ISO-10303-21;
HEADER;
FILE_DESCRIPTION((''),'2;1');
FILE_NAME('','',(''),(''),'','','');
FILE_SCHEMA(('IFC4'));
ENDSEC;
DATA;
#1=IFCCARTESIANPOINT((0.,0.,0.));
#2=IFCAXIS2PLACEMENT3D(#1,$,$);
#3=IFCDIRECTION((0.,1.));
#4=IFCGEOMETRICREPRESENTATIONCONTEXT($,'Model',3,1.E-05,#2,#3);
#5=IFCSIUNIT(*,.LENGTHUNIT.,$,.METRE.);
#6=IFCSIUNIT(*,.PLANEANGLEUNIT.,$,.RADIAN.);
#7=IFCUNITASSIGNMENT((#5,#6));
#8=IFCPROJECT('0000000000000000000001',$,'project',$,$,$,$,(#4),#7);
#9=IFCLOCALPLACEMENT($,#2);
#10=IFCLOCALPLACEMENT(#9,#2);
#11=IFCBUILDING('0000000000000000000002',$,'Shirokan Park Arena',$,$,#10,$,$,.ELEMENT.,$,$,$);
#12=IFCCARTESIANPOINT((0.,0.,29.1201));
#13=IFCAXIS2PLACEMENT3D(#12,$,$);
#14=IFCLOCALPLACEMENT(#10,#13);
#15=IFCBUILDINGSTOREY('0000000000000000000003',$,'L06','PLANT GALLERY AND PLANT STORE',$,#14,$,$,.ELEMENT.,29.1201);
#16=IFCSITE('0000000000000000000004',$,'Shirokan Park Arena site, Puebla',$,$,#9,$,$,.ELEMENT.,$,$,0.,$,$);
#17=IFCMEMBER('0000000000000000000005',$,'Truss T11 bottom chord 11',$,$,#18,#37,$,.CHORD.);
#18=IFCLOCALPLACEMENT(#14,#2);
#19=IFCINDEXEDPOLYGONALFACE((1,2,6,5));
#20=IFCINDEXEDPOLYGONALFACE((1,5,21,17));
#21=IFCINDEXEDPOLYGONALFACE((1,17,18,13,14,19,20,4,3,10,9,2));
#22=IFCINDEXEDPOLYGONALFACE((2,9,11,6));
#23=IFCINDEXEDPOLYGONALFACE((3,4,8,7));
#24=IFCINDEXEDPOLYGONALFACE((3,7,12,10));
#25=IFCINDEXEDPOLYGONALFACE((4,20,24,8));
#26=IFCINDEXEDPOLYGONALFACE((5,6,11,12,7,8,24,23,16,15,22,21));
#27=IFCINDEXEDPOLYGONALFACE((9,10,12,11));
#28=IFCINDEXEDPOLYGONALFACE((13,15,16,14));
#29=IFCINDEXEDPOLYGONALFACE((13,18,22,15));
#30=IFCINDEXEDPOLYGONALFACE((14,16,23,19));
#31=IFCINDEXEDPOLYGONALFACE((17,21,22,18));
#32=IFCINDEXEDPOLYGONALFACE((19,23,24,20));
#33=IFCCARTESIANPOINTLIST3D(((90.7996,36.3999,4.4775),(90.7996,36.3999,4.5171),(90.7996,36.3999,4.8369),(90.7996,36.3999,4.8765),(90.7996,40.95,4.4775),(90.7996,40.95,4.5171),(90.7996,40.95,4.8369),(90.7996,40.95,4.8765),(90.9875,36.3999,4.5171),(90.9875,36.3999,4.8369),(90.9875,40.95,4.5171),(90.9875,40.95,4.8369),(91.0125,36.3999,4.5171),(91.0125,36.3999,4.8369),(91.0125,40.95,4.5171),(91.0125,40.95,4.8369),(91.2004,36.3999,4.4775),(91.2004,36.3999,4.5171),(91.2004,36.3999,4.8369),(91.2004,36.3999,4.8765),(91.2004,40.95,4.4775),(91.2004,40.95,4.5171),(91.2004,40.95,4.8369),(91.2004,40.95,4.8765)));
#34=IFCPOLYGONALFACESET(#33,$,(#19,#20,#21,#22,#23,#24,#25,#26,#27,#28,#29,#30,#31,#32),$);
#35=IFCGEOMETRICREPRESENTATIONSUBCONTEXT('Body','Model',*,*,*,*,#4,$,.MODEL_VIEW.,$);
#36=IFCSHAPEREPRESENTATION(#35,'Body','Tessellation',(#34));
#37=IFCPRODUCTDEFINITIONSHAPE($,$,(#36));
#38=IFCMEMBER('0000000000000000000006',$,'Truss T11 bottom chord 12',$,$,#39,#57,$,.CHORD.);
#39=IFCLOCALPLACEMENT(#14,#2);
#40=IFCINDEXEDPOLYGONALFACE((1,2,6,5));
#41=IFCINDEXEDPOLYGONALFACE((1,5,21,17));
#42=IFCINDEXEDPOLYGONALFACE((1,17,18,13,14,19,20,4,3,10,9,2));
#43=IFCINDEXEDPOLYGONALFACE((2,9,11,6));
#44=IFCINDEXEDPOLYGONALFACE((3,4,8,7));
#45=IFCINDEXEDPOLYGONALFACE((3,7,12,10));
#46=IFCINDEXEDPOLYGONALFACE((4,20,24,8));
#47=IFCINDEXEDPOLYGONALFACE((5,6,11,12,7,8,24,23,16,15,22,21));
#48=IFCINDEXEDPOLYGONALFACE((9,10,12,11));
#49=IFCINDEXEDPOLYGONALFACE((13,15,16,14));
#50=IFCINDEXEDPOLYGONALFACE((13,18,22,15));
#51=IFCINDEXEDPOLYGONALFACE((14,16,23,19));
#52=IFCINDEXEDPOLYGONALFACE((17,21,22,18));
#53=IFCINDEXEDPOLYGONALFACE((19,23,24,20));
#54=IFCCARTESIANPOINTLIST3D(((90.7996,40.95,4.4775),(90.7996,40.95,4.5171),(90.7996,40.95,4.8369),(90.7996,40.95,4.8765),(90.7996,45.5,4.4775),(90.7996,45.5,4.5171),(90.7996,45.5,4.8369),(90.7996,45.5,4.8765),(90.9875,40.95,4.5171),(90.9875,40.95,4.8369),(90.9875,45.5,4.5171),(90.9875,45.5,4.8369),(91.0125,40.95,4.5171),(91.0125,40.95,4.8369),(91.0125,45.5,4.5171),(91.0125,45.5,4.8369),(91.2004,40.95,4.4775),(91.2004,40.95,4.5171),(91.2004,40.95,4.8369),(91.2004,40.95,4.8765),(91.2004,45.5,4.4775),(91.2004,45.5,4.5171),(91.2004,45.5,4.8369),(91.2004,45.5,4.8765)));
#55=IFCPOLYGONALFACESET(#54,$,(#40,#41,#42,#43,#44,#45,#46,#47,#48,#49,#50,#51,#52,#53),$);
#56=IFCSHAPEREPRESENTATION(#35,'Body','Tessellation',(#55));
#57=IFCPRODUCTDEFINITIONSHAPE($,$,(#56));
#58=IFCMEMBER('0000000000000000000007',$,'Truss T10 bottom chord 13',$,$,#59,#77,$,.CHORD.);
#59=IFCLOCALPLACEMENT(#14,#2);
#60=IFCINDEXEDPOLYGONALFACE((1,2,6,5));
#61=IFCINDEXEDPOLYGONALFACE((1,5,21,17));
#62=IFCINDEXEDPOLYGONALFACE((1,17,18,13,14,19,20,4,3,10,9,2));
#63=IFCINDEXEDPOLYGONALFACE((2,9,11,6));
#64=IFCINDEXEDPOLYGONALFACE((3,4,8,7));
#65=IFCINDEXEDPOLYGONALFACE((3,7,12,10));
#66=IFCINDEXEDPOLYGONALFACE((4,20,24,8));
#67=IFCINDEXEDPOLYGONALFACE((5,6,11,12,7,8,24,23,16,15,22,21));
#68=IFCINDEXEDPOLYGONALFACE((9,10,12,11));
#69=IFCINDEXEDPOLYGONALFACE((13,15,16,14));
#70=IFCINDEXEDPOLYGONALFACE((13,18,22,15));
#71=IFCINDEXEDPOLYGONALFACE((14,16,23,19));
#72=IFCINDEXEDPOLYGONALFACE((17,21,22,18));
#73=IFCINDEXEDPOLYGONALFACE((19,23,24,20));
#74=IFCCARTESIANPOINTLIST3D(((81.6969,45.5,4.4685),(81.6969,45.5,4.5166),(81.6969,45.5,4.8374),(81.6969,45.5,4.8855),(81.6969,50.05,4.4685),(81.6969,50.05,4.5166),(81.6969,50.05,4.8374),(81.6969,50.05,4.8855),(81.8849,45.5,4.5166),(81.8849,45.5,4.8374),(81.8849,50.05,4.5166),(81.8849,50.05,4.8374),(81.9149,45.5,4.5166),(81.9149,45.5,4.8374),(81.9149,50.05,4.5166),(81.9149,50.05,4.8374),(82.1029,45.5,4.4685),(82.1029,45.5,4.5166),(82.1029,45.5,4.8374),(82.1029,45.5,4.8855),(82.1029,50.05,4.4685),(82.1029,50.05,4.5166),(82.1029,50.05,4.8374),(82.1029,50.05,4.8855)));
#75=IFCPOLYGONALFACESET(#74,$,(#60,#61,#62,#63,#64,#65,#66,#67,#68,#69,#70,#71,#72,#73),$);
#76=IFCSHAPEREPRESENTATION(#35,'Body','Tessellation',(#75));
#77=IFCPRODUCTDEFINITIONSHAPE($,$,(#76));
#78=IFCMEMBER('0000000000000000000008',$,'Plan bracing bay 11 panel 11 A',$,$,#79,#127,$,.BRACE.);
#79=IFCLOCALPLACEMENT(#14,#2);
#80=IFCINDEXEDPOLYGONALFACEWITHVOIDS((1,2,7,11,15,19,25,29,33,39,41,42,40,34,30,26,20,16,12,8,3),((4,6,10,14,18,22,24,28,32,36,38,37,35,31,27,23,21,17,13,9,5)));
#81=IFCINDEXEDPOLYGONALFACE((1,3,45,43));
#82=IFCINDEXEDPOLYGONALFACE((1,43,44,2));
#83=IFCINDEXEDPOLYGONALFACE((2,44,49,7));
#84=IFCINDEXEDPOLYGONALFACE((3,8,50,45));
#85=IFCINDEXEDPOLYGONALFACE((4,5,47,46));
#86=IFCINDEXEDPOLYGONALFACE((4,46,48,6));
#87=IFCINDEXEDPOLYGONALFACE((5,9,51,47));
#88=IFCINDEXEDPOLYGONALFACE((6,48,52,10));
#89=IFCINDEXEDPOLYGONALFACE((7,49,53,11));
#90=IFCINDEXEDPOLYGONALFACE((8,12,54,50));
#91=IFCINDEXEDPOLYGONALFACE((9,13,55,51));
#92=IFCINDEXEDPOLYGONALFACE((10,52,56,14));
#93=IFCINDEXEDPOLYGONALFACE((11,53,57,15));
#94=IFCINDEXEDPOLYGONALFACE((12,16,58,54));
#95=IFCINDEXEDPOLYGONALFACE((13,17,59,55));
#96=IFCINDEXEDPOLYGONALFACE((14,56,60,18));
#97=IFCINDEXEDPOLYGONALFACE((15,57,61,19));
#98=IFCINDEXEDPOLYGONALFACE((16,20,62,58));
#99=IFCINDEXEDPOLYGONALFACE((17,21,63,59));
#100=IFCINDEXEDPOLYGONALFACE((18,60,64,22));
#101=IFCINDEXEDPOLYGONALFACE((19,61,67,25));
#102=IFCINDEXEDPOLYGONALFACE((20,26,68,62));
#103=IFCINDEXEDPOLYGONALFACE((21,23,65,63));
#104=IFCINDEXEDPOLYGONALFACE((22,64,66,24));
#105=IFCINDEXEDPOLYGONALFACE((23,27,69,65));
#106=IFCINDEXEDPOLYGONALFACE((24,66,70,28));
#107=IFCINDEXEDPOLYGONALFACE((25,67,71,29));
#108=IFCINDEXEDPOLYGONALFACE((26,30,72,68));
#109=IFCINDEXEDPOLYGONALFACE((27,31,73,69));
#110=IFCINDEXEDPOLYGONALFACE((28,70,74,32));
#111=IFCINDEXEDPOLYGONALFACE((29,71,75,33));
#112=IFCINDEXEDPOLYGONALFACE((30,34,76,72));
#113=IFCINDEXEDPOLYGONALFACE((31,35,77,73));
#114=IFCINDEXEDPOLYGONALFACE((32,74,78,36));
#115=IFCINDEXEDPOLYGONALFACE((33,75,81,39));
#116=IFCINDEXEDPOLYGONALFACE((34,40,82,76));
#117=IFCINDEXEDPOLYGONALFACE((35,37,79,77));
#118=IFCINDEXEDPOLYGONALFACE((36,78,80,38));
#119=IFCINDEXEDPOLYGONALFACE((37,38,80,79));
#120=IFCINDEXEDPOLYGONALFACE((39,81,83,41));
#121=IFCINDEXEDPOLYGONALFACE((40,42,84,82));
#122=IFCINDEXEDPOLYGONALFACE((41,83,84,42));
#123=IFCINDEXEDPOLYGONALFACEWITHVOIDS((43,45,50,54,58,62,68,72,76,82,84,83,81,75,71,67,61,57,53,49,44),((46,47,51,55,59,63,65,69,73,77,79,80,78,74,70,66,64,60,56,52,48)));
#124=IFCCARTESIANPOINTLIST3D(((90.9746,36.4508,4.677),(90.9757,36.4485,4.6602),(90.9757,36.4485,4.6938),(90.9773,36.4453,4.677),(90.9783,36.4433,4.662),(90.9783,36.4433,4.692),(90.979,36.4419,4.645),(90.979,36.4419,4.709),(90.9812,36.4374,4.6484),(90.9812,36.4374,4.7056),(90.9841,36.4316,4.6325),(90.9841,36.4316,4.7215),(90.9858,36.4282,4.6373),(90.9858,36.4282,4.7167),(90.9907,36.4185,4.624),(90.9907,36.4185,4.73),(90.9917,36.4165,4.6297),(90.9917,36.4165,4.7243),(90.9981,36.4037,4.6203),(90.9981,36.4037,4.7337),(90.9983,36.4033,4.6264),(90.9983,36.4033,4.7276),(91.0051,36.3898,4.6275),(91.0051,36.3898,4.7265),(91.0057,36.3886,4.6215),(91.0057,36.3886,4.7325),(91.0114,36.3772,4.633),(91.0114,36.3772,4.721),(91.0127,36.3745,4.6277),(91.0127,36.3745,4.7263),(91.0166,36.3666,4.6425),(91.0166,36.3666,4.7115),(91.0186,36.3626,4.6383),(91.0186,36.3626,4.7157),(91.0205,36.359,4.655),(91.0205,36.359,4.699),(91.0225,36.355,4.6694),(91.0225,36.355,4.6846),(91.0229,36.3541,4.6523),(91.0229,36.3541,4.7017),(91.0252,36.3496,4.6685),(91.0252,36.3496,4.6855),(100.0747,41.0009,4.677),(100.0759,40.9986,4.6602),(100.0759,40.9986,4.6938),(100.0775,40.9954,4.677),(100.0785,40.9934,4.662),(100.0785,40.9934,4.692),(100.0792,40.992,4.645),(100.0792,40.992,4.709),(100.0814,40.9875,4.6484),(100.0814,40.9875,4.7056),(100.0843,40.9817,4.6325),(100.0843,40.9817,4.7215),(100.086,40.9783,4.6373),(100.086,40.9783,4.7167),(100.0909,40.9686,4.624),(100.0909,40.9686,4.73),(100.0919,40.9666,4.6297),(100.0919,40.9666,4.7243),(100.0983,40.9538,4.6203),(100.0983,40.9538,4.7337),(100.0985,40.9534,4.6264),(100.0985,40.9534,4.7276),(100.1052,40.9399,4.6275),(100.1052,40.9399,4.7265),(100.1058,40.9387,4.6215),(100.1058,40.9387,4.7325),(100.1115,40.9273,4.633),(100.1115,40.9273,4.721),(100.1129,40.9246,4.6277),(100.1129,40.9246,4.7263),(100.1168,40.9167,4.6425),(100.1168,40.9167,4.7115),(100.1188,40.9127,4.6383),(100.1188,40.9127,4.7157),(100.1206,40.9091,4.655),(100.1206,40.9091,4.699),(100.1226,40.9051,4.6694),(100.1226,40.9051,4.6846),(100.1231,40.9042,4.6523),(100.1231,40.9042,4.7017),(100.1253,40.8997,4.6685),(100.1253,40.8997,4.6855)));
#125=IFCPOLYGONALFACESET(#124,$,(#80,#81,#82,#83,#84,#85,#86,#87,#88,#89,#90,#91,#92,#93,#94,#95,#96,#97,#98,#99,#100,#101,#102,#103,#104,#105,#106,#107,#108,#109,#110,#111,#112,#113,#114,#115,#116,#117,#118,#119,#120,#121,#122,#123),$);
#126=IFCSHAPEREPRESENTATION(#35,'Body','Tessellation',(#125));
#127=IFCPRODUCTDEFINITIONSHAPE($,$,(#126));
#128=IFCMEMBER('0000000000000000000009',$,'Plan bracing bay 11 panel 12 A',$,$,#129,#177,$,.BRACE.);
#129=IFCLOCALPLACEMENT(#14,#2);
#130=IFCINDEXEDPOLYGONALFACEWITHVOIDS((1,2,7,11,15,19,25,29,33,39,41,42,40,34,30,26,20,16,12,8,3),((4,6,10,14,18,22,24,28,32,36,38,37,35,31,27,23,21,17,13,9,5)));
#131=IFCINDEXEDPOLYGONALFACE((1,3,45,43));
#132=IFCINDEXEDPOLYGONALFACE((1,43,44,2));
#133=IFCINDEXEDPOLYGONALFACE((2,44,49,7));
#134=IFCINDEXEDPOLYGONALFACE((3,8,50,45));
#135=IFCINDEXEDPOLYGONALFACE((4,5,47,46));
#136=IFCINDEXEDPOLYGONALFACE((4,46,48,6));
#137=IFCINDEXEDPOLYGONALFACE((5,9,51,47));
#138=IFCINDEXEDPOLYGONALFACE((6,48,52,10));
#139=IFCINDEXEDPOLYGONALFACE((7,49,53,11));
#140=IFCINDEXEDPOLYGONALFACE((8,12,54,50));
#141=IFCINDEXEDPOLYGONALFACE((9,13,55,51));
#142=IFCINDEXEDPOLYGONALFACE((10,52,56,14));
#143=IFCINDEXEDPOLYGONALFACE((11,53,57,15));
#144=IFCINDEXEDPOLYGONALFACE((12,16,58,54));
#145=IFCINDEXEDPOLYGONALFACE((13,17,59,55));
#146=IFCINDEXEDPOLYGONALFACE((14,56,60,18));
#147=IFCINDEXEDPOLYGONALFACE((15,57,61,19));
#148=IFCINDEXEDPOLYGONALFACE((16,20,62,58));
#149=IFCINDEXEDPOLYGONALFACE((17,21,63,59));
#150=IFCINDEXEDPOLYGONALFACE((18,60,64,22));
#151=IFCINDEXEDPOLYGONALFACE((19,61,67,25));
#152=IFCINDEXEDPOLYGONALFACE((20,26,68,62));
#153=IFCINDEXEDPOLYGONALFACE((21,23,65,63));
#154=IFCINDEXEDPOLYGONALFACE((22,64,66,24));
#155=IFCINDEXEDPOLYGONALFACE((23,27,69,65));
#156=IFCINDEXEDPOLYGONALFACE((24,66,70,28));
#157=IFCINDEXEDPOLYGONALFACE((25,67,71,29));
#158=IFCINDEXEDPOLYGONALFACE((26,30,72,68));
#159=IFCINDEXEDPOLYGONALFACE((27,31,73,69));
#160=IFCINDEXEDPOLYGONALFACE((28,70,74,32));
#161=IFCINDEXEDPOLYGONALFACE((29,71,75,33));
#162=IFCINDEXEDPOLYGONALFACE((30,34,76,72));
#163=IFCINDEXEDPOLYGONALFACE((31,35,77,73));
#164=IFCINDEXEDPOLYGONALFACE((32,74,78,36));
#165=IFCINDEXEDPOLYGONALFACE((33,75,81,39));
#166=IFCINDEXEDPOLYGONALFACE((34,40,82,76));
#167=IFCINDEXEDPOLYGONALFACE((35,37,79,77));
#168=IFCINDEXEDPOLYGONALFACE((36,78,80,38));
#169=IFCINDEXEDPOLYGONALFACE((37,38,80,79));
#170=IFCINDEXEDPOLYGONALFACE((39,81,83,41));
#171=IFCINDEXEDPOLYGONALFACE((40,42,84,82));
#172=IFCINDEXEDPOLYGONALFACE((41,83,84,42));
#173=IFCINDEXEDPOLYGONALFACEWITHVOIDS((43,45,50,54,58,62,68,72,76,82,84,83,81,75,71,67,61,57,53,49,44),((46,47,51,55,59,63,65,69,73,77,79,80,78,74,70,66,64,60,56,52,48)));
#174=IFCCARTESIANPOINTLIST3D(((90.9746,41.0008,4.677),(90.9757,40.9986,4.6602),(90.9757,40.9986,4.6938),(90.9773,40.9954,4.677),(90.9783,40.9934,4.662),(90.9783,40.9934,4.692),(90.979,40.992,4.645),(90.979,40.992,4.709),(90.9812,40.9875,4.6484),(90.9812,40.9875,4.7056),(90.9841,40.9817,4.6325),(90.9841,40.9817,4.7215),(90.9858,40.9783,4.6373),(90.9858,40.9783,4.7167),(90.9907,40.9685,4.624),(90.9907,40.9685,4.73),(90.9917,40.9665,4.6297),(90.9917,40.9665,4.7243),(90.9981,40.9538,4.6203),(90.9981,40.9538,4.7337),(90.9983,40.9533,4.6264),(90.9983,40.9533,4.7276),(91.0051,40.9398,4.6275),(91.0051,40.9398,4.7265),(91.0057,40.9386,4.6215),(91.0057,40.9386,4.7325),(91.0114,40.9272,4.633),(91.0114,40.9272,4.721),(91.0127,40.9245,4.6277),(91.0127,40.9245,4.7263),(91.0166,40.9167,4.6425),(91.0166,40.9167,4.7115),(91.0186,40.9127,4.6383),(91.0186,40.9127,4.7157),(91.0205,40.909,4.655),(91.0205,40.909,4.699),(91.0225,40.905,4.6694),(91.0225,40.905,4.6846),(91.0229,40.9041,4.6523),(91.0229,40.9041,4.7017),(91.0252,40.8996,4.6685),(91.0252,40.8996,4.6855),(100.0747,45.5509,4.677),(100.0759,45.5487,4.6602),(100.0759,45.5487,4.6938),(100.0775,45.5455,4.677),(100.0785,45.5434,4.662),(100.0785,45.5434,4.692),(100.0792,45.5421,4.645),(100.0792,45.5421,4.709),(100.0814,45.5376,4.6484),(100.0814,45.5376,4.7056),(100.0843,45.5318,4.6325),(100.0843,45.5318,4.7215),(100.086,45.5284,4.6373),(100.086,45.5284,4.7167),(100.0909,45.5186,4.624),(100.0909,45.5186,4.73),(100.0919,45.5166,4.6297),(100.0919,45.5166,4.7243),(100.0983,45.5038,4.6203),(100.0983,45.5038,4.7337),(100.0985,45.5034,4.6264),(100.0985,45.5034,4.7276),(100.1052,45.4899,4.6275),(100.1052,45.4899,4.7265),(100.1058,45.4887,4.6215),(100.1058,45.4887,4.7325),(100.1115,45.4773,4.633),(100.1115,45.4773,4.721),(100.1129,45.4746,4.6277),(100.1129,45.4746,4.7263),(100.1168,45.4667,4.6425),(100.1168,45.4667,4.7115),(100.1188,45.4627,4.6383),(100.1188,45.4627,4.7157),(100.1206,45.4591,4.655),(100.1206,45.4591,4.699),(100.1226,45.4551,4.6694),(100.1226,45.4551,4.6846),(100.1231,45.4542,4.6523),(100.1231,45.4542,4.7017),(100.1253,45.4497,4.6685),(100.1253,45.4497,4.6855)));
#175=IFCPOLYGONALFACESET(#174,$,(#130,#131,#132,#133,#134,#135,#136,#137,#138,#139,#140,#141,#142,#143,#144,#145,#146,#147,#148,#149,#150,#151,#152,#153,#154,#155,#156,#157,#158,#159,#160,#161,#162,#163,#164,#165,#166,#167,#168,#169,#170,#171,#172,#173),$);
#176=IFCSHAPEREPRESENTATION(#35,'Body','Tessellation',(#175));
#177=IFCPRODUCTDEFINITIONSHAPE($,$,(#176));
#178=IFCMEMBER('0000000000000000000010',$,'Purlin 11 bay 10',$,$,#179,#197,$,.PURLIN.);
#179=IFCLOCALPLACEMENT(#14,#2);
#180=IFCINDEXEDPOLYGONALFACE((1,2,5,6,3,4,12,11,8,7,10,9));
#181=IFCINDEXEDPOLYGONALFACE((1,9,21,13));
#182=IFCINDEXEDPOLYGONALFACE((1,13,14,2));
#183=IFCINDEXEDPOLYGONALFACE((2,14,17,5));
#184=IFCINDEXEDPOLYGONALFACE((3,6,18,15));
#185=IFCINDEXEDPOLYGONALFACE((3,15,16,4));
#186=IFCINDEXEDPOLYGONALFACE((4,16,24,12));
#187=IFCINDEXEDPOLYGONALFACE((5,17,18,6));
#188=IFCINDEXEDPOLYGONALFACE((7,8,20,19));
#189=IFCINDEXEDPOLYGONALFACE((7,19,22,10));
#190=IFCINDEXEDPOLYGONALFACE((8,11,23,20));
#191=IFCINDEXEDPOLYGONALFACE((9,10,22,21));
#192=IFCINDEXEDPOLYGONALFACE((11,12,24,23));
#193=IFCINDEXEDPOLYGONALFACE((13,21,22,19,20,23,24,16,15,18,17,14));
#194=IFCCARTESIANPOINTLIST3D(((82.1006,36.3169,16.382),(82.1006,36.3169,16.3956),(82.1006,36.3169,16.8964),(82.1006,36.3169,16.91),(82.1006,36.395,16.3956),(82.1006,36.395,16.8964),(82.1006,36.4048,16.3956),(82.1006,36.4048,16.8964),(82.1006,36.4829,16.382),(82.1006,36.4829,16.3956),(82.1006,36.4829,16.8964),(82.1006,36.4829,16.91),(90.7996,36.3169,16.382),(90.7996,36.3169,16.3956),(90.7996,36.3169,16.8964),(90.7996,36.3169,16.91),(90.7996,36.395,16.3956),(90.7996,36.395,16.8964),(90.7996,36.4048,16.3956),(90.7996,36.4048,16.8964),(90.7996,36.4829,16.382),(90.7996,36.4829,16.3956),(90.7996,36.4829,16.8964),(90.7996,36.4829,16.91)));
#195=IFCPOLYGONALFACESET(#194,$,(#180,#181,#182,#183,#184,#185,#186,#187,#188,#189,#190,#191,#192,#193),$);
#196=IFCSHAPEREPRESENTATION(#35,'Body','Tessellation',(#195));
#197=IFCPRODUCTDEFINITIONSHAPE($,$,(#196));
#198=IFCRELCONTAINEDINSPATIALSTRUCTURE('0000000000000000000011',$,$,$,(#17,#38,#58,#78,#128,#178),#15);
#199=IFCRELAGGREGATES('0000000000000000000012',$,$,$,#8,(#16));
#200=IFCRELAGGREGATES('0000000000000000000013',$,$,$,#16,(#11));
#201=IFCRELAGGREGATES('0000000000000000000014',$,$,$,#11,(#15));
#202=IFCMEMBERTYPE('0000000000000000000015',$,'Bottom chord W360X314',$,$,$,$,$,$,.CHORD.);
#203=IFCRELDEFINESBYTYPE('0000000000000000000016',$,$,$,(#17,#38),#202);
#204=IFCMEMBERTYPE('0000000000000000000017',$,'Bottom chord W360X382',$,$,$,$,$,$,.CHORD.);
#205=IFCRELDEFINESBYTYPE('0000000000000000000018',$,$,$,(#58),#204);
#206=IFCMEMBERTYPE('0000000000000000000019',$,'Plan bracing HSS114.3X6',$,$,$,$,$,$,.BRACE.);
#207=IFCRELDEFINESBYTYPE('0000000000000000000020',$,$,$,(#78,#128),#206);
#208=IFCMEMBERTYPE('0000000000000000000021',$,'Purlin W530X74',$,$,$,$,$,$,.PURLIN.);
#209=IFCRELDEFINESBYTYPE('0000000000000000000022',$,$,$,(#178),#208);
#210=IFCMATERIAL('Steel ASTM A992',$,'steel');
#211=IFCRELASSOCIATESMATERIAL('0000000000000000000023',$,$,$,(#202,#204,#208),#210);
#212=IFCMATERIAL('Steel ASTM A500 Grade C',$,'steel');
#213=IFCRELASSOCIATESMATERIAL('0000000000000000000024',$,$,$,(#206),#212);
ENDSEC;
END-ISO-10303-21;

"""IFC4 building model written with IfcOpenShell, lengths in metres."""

from ifc_helpers import new_model, si_unit, direction, frame, origin, origin_2d, place, context, subcontext, project, spatial, hollow_circle, i_section, extrude, material, material_profile, profile_set, type_object, element, save


model = new_model("IFC4")

# Units and contexts
model_context = context("Model", 3, precision=1e-05, world=origin(), true_north=direction((0.0, 1.0)))
body_context = subcontext(model_context, "Body", "Model", "MODEL_VIEW")
ifc_project = project(units=[si_unit("LENGTHUNIT", "METRE"), si_unit("PLANEANGLEUNIT", "RADIAN")], contexts=[model_context])

# Site, building, storey
site_placement = place(None, origin())
site = spatial("IfcSite", under=ifc_project, at=site_placement, Name="Shirokan Park Arena site, Puebla", CompositionType="ELEMENT", RefElevation=0.0)
building_placement = place(site_placement, origin())
building = spatial("IfcBuilding", under=site, at=building_placement, Name="Shirokan Park Arena", CompositionType="ELEMENT")
storey_placement = place(building_placement, frame((0.0, 0.0, 29.1201)))
storey = spatial("IfcBuildingStorey", under=building, at=storey_placement, Name="L06", Description="PLANT GALLERY AND PLANT STORE", CompositionType="ELEMENT", Elevation=29.1201)

# Members
ifc_material_1 = material(Name="Steel ASTM A992", Category="steel")
ifc_material_profile_1 = material_profile(ifc_material_1, i_section(OverallWidth=0.4009, OverallDepth=0.3989, WebThickness=0.0249, FlangeThickness=0.0396, at=origin_2d()), Name="W360X314")
ifc_profile_set_1 = profile_set([ifc_material_profile_1], Name="Steel ASTM A992")
member_type_1 = type_object("IfcMemberType", Name="Bottom chord W360X314", PredefinedType="CHORD", material=ifc_profile_set_1)
for number, where, z_axis, x_axis, name in (
    (1, (91.0, 36.3999, 4.677), (0.0, 1.0, 0.0), (-1.0, 0.0, 0.0), "Truss T11 bottom chord 11"),
    (2, (91.0, 40.95, 4.677), (0.0, 1.0, 0.0), (-1.0, 0.0, 0.0), "Truss T11 bottom chord 12"),
):
    element("IfcMember", number, at=place(storey_placement, frame(where, z_axis=z_axis, x_axis=x_axis)), inside=storey, type_object=member_type_1, Name=name, PredefinedType="CHORD", context=body_context, shape_type="SweptSolid", body=[
        extrude(i_section(OverallWidth=0.4009, OverallDepth=0.3989, WebThickness=0.0249, FlangeThickness=0.0396, at=origin_2d()), origin(), (0.0, 0.0, 1.0), 4.55),
    ])
ifc_material_profile_2 = material_profile(ifc_material_1, i_section(OverallWidth=0.406, OverallDepth=0.417, WebThickness=0.03, FlangeThickness=0.0481, at=origin_2d()), Name="W360X382")
ifc_profile_set_2 = profile_set([ifc_material_profile_2], Name="Steel ASTM A992")
member_type_2 = type_object("IfcMemberType", Name="Bottom chord W360X382", PredefinedType="CHORD", material=ifc_profile_set_2)
member_1_placement = place(storey_placement, frame((81.8999, 45.5, 4.677), z_axis=(0.0, 1.0, 0.0), x_axis=(-1.0, 0.0, 0.0)))
element("IfcMember", 3, at=member_1_placement, inside=storey, type_object=member_type_2, Name="Truss T10 bottom chord 13", PredefinedType="CHORD", context=body_context, shape_type="SweptSolid", body=[
    extrude(i_section(OverallWidth=0.406, OverallDepth=0.417, WebThickness=0.03, FlangeThickness=0.0481, at=origin_2d()), origin(), (0.0, 0.0, 1.0), 4.55),
])
ifc_material_2 = material(Name="Steel ASTM A500 Grade C", Category="steel")
ifc_material_profile_3 = material_profile(ifc_material_2, hollow_circle(Radius=0.0569, WallThickness=0.0061, at=origin_2d()), Name="HSS114.3X6")
ifc_profile_set_3 = profile_set([ifc_material_profile_3], Name="Steel ASTM A500 Grade C")
member_type_3 = type_object("IfcMemberType", Name="Plan bracing HSS114.3X6", PredefinedType="BRACE", material=ifc_profile_set_3)
for number, where, z_axis, x_axis, name in (
    (4, (91.0, 36.3999, 4.677), (0.894427, 0.447214, 0.0), (-0.447214, 0.894427, 0.0), "Plan bracing bay 11 panel 11 A"),
    (5, (91.0, 40.95, 4.677), (0.894427, 0.447214, 0.0), (-0.447214, 0.894427, 0.0), "Plan bracing bay 11 panel 12 A"),
):
    element("IfcMember", number, at=place(storey_placement, frame(where, z_axis=z_axis, x_axis=x_axis)), inside=storey, type_object=member_type_3, Name=name, PredefinedType="BRACE", context=body_context, shape_type="SweptSolid", body=[
        extrude(hollow_circle(Radius=0.0569, WallThickness=0.0061, at=origin_2d()), origin(), (0.0, 0.0, 1.0), 10.1743),
    ])
ifc_material_profile_4 = material_profile(ifc_material_1, i_section(OverallWidth=0.166, OverallDepth=0.5281, WebThickness=0.0098, FlangeThickness=0.0137, at=origin_2d()), Name="W530X74")
ifc_profile_set_4 = profile_set([ifc_material_profile_4], Name="Steel ASTM A992")
member_type_4 = type_object("IfcMemberType", Name="Purlin W530X74", PredefinedType="PURLIN", material=ifc_profile_set_4)
for number, where, z_axis, x_axis, name in (
    (6, (82.1006, 36.3999, 16.646), (1.0, 0.0, 0.0), (0.0, 1.0, 0.0), "Purlin 11 bay 10"),
):
    element("IfcMember", number, at=place(storey_placement, frame(where, z_axis=z_axis, x_axis=x_axis)), inside=storey, type_object=member_type_4, Name=name, PredefinedType="PURLIN", context=body_context, shape_type="SweptSolid", body=[
        extrude(i_section(OverallWidth=0.166, OverallDepth=0.5281, WebThickness=0.0098, FlangeThickness=0.0137, at=origin_2d()), origin(), (0.0, 0.0, 1.0), 8.699),
    ])

save(model, "model.ifc")
